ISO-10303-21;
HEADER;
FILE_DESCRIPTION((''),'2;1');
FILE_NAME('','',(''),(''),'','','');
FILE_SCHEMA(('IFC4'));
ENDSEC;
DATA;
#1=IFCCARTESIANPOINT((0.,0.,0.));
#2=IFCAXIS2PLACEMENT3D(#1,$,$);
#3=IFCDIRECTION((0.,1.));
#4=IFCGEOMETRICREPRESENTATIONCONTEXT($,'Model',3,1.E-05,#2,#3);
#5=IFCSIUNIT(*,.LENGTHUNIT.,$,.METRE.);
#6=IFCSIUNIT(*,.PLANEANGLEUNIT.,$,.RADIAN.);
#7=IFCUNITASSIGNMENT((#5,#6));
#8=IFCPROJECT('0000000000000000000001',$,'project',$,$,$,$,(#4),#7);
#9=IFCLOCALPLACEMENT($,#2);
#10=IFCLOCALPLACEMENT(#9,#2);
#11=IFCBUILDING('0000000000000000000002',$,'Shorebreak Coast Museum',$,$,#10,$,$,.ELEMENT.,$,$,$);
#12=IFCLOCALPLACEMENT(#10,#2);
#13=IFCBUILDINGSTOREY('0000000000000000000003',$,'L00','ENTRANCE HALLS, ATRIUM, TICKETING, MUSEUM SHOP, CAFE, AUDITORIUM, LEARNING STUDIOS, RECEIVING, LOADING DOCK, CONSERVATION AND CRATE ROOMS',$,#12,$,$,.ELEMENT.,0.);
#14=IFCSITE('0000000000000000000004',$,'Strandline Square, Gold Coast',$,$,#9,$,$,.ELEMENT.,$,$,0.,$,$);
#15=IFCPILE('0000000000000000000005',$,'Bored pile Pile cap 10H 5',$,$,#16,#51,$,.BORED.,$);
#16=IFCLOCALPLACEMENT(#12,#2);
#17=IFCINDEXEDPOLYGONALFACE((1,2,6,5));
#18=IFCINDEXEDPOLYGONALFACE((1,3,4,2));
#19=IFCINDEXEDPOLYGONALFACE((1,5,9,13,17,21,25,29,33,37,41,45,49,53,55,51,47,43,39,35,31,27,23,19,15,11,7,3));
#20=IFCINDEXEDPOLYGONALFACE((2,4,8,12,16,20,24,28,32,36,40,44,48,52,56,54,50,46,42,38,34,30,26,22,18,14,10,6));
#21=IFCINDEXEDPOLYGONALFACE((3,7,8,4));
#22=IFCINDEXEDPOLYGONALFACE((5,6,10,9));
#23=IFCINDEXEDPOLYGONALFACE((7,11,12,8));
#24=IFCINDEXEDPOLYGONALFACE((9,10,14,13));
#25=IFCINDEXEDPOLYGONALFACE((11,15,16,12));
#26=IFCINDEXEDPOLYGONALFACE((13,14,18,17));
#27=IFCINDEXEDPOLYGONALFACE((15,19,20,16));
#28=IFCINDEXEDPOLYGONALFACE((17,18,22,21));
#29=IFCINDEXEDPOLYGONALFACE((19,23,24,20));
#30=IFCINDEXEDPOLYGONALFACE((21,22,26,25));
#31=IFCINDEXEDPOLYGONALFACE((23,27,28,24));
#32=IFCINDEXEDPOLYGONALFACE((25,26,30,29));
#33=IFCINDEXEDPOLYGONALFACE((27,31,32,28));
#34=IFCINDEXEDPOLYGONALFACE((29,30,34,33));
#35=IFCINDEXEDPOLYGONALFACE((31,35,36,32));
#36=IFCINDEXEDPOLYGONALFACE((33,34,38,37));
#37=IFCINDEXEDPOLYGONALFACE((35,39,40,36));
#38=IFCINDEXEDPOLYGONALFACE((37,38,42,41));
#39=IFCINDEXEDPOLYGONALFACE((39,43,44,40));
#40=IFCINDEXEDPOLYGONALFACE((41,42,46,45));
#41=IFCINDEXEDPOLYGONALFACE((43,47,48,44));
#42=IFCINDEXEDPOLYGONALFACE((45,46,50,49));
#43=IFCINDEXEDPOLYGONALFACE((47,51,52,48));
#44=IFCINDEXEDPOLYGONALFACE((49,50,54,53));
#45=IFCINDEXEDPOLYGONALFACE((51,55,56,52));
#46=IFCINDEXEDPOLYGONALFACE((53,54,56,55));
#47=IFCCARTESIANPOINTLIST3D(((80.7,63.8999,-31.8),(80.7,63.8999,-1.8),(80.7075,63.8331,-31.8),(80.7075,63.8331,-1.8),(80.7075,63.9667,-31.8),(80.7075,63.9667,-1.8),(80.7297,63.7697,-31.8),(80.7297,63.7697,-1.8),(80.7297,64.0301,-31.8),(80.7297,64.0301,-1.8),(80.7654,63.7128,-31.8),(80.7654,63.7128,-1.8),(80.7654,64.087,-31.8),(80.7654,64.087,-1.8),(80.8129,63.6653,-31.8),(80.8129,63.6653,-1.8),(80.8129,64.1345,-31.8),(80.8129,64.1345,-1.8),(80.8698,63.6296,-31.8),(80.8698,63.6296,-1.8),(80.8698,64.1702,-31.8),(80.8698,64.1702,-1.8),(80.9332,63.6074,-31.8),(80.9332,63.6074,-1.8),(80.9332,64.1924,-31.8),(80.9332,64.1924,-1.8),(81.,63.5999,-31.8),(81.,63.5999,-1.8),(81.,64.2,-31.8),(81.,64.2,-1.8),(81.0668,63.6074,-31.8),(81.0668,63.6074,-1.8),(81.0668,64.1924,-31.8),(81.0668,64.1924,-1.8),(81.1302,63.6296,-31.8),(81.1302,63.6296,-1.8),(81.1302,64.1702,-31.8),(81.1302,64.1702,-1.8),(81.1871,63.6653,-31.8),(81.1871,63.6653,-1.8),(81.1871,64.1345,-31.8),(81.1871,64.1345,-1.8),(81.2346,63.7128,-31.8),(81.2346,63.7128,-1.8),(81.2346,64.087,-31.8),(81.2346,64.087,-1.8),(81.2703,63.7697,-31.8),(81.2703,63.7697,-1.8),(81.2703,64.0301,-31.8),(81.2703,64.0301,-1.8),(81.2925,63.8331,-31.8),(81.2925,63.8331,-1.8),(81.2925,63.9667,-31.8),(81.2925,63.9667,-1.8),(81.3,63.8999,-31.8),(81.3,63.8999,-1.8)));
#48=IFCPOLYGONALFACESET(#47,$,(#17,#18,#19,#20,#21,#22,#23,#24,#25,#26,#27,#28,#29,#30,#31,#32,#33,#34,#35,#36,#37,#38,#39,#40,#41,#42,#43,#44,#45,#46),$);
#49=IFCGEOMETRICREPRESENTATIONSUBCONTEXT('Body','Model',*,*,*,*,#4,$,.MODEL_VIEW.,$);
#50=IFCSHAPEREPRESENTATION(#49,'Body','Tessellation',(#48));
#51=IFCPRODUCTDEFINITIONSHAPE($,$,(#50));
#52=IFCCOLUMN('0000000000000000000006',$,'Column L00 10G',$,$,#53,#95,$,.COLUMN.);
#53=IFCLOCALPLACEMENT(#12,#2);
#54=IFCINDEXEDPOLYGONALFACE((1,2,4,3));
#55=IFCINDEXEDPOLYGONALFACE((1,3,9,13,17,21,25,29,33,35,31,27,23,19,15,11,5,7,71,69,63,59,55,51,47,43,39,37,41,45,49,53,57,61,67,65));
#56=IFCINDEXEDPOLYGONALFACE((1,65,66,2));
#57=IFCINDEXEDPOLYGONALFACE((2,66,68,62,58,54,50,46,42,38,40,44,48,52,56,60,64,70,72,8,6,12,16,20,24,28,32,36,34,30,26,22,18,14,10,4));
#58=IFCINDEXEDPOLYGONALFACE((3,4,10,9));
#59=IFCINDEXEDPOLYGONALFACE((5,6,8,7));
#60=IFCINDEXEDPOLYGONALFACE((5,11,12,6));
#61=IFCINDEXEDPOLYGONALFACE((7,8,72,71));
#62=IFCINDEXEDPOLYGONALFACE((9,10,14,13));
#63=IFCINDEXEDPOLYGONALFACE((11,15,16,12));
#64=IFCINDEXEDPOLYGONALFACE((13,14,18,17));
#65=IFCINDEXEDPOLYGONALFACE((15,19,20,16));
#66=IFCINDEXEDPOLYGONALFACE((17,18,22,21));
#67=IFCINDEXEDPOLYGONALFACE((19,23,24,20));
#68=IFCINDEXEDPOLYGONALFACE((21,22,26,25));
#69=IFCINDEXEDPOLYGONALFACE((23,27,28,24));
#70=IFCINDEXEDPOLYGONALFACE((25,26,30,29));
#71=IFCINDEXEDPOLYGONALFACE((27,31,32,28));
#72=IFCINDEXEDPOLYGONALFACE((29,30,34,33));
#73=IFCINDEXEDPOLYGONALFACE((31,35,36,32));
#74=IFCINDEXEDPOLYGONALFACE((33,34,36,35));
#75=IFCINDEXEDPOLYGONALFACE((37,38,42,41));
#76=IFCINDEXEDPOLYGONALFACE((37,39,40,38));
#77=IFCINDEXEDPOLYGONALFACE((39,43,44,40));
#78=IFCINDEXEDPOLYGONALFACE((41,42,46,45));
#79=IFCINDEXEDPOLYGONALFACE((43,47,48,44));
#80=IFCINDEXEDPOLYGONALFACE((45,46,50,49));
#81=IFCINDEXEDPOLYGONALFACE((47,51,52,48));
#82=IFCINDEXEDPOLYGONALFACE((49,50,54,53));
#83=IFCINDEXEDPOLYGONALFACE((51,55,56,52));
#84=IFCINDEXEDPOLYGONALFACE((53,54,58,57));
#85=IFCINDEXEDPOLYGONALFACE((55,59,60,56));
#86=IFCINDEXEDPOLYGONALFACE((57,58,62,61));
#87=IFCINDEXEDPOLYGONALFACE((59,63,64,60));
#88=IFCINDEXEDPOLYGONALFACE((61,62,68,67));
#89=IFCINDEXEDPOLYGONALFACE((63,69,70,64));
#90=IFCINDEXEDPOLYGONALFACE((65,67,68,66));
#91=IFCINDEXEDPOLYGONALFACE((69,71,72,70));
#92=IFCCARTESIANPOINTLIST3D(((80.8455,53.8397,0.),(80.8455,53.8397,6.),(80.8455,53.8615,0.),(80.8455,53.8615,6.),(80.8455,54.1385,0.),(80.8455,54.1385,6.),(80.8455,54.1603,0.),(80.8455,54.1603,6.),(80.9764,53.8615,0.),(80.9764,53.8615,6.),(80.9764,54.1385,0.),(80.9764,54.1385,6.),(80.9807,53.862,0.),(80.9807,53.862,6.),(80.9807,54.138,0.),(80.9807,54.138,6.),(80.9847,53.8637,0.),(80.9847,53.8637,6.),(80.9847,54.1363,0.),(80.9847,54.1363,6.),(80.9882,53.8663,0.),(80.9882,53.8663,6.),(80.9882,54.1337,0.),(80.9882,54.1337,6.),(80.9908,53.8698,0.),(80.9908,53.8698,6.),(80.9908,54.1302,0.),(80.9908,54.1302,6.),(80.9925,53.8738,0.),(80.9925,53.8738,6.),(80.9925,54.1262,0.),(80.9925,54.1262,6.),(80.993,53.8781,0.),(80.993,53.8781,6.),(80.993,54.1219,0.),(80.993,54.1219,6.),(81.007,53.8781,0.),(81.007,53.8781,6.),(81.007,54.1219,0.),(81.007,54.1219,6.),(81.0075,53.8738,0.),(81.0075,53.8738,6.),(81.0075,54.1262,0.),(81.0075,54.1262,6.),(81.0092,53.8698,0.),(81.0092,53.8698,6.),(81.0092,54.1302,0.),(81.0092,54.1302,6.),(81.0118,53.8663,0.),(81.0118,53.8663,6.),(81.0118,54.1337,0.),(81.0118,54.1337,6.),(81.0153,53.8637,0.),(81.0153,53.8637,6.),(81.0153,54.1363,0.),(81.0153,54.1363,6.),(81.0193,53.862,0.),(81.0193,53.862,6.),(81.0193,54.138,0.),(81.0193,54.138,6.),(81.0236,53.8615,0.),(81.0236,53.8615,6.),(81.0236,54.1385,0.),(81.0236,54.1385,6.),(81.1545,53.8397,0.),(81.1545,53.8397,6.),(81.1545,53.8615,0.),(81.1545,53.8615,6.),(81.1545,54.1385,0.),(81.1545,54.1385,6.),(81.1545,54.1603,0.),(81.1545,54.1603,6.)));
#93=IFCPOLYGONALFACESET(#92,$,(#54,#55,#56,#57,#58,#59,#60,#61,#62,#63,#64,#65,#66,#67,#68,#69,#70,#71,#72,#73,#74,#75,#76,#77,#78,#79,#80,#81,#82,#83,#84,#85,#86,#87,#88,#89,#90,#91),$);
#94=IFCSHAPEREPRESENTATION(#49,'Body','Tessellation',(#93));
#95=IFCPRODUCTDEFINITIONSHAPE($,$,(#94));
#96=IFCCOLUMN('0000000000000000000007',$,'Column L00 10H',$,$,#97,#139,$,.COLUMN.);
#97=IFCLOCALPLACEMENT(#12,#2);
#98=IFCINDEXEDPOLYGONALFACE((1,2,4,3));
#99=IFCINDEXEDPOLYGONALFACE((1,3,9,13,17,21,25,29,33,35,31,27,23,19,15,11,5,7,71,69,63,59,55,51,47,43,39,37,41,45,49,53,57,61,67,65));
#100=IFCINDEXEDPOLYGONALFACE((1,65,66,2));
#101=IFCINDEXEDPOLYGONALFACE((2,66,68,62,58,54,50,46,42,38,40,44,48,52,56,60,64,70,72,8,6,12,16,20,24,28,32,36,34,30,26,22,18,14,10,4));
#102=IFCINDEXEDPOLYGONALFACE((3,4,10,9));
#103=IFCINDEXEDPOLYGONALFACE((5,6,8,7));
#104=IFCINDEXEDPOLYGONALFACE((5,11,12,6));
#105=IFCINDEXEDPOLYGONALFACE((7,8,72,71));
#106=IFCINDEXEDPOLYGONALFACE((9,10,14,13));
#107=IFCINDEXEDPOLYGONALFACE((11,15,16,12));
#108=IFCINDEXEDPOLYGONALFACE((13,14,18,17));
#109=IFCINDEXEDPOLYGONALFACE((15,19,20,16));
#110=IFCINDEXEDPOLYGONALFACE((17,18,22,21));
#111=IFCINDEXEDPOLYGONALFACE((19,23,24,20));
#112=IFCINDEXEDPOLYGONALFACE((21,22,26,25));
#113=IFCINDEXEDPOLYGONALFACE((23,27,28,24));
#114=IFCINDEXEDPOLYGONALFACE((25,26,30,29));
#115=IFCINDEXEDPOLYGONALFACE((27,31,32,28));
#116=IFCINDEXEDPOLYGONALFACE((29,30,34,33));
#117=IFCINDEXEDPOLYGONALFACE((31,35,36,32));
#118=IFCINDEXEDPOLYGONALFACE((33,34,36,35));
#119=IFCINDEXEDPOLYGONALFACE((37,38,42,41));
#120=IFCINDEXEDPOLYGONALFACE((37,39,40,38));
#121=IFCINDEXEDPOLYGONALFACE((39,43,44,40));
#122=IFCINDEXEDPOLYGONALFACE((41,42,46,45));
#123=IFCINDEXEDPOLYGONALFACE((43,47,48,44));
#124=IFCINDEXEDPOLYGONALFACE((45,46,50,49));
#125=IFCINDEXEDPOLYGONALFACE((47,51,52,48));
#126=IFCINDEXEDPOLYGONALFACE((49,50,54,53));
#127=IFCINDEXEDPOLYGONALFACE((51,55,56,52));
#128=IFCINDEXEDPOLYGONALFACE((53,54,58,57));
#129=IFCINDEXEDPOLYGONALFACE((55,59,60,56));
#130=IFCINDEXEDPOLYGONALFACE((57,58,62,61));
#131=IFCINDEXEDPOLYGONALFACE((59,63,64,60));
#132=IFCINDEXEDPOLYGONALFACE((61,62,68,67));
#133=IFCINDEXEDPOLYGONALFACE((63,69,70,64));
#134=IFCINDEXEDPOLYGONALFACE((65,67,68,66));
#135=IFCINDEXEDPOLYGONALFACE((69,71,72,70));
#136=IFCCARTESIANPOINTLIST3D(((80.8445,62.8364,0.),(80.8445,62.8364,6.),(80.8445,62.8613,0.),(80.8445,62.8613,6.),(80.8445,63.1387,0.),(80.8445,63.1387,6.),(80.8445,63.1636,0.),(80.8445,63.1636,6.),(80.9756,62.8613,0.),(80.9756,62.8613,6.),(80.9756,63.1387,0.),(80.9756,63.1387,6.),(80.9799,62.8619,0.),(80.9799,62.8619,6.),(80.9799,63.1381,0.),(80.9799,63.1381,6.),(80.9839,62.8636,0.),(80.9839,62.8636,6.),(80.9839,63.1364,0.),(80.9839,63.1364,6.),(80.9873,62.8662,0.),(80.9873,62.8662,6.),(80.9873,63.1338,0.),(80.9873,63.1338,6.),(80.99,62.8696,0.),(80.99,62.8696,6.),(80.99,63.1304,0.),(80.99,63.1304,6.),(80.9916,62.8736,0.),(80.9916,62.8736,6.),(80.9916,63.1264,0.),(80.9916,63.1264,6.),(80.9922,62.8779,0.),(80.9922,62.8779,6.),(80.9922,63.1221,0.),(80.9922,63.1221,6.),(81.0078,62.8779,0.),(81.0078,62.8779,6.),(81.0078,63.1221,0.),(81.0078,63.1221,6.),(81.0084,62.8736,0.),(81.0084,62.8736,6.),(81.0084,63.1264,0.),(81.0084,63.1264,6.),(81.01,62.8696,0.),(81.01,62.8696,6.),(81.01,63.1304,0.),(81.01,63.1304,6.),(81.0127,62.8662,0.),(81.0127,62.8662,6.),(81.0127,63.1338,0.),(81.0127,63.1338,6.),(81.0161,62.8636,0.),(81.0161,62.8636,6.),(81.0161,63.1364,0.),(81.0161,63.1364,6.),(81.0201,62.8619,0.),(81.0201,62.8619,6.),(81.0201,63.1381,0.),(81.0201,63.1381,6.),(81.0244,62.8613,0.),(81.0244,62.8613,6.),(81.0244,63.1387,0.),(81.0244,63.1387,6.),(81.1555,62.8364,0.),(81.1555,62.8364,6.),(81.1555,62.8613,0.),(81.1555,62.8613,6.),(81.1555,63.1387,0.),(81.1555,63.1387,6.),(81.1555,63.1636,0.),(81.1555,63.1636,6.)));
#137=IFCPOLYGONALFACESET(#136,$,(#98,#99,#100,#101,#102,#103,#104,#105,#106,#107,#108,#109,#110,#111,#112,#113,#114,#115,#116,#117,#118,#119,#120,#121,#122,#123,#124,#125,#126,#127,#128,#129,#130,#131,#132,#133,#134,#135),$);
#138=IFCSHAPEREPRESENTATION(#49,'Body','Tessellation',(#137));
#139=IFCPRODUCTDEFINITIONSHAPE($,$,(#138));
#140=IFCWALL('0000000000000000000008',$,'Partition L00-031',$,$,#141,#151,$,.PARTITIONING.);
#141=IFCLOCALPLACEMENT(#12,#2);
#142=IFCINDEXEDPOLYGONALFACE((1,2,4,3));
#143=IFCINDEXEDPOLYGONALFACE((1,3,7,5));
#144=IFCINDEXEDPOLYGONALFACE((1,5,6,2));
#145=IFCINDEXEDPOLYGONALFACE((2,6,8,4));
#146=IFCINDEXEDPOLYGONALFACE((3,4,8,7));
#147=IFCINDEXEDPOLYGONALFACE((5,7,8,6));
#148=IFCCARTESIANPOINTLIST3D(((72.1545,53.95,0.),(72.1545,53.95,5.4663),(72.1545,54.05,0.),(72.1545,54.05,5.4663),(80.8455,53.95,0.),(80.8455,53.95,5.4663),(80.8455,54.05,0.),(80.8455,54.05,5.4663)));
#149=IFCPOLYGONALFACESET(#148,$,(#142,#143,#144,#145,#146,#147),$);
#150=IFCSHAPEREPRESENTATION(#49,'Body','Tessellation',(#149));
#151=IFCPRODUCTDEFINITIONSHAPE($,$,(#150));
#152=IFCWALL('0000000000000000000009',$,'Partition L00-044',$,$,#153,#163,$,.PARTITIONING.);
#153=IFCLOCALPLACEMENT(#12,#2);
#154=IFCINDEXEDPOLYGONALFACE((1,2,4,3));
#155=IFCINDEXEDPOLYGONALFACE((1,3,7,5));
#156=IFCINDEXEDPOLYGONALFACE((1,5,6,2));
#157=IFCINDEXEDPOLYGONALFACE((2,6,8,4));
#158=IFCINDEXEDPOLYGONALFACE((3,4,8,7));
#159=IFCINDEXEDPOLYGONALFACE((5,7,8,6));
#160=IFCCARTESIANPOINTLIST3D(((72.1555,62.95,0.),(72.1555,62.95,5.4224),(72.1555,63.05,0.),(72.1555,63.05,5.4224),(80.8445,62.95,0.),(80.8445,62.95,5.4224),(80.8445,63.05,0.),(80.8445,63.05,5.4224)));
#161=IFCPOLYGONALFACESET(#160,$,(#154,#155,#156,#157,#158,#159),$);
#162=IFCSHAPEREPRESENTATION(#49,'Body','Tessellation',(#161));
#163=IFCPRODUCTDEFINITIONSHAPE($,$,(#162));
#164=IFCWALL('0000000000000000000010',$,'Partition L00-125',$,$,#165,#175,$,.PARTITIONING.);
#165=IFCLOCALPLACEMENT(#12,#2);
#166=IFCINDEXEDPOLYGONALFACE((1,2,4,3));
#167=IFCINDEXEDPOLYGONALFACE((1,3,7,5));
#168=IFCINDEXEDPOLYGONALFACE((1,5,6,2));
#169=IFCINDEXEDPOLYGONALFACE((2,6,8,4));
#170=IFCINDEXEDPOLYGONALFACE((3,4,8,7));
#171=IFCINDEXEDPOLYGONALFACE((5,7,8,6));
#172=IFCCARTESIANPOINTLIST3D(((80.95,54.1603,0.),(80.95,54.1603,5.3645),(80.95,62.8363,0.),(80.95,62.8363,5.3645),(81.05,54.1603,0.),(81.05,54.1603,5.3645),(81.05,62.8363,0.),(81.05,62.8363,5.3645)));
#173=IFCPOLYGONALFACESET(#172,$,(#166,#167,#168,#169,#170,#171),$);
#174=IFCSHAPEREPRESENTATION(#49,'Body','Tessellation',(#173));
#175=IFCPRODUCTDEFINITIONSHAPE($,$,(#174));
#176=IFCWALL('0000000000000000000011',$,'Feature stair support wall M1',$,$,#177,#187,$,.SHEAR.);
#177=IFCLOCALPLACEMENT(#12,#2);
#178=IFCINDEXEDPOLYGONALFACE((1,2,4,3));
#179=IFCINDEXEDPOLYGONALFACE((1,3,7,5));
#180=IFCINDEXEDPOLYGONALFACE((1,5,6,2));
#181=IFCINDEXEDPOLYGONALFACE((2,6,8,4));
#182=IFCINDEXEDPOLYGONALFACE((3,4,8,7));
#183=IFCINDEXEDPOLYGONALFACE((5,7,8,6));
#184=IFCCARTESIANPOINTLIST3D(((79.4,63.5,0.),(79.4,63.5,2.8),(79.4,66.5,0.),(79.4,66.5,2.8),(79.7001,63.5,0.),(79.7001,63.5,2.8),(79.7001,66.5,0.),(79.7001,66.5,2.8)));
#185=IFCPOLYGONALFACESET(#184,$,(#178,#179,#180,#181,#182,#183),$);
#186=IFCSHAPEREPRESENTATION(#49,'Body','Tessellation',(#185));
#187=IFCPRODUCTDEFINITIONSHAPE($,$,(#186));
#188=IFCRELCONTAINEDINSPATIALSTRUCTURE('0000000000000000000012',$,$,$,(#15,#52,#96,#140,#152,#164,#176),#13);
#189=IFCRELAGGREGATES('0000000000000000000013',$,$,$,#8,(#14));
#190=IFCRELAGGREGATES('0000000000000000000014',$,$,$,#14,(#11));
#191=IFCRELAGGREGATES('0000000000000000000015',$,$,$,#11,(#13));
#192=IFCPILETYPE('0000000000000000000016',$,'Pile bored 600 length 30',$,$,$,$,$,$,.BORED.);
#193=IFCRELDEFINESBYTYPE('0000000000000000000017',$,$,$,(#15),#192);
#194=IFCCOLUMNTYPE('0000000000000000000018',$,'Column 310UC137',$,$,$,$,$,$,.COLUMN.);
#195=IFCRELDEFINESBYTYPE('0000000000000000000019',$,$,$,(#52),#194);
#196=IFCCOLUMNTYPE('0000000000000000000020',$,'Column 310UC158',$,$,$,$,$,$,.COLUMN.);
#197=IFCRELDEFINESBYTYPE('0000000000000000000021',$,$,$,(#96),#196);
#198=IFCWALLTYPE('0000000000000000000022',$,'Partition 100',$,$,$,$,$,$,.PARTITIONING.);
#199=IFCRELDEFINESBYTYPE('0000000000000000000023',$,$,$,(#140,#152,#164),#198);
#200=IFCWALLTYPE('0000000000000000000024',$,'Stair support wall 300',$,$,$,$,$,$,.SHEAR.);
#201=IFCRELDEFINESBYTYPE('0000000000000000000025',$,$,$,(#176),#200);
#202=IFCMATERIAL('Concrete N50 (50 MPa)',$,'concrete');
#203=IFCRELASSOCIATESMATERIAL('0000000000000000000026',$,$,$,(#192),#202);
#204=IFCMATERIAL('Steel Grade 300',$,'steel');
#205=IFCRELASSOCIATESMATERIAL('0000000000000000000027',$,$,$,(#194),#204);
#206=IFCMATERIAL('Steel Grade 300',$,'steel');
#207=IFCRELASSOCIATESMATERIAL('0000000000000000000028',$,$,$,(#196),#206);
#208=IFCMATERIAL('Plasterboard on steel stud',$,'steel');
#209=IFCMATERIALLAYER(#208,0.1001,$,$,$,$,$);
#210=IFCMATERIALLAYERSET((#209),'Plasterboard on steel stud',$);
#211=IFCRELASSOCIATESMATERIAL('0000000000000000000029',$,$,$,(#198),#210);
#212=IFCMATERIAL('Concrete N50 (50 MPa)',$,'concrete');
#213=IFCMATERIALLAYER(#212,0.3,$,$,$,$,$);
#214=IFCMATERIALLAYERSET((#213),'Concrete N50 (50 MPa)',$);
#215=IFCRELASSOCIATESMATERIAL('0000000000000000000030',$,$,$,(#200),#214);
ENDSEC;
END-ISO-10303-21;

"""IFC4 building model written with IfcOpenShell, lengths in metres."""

from ifc_helpers import new_model, si_unit, direction, frame, frame_2d, origin, origin_2d, place, context, subcontext, project, spatial, rectangle, circle, i_section, extrude, material, layer, layer_set, material_profile, profile_set, type_object, element, save


model = new_model("IFC4")

# Units and contexts
model_context = context("Model", 3, precision=1e-05, world=origin(), true_north=direction((0.0, 1.0)))
body_context = subcontext(model_context, "Body", "Model", "MODEL_VIEW")
ifc_project = project(units=[si_unit("LENGTHUNIT", "METRE"), si_unit("PLANEANGLEUNIT", "RADIAN")], contexts=[model_context])

# Site, building, storey
site_placement = place(None, origin())
site = spatial("IfcSite", under=ifc_project, at=site_placement, Name="Strandline Square, Gold Coast", CompositionType="ELEMENT", RefElevation=0.0)
building_placement = place(site_placement, origin())
building = spatial("IfcBuilding", under=site, at=building_placement, Name="Shorebreak Coast Museum", CompositionType="ELEMENT")
storey_placement = place(building_placement, origin())
storey = spatial("IfcBuildingStorey", under=building, at=storey_placement, Name="L00", Description="ENTRANCE HALLS, ATRIUM, TICKETING, MUSEUM SHOP, CAFE, AUDITORIUM, LEARNING STUDIOS, RECEIVING, LOADING DOCK, CONSERVATION AND CRATE ROOMS", CompositionType="ELEMENT", Elevation=0.0)

# Pile
ifc_material_1 = material(Name="Concrete N50 (50 MPa)", Category="concrete")
ifc_material_profile_1 = material_profile(ifc_material_1, circle(Radius=0.3, at=origin_2d()), Name="Pile bored 600 length 30")
ifc_profile_set_1 = profile_set([ifc_material_profile_1], Name="Concrete N50 (50 MPa)")
pile_type_1 = type_object("IfcPileType", Name="Pile bored 600 length 30", PredefinedType="BORED", material=ifc_profile_set_1)
for number, where, z_axis, x_axis, name in (
    (1, (81.0, 63.8999, -1.8), (0.0, 0.0, -1.0), (1.0, 0.0, 0.0), "Bored pile Pile cap 10H 5"),
):
    element("IfcPile", number, at=place(storey_placement, frame(where, z_axis=z_axis, x_axis=x_axis)), inside=storey, type_object=pile_type_1, Name=name, PredefinedType="BORED", context=body_context, shape_type="SweptSolid", body=[
        extrude(circle(Radius=0.3, at=origin_2d()), origin(), (0.0, 0.0, 1.0), 30.0),
    ])

# Columns
ifc_material_2 = material(Name="Steel Grade 300", Category="steel")
ifc_material_profile_2 = material_profile(ifc_material_2, i_section(OverallWidth=0.3091, OverallDepth=0.3206, WebThickness=0.0139, FlangeThickness=0.0217, FilletRadius=0.0166, at=origin_2d()), Name="310UC137")
ifc_profile_set_2 = profile_set([ifc_material_profile_2], Name="Steel Grade 300")
column_type_1 = type_object("IfcColumnType", Name="Column 310UC137", PredefinedType="COLUMN", material=ifc_profile_set_2)
column_1_placement = place(storey_placement, frame((81.0, 54.0, 0.0), z_axis=(0.0, 0.0, 1.0), x_axis=(1.0, 0.0, 0.0)))
element("IfcColumn", 2, at=column_1_placement, inside=storey, type_object=column_type_1, Name="Column L00 10G", PredefinedType="COLUMN", context=body_context, shape_type="SweptSolid", body=[
    extrude(i_section(OverallWidth=0.3091, OverallDepth=0.3206, WebThickness=0.0139, FlangeThickness=0.0217, FilletRadius=0.0166, at=origin_2d()), origin(), (0.0, 0.0, 1.0), 6.0),
])
ifc_material_3 = material(Name="Steel Grade 300", Category="steel")
ifc_material_profile_3 = material_profile(ifc_material_3, i_section(OverallWidth=0.311, OverallDepth=0.3271, WebThickness=0.0156, FlangeThickness=0.0249, FilletRadius=0.0166, at=origin_2d()), Name="310UC158")
ifc_profile_set_3 = profile_set([ifc_material_profile_3], Name="Steel Grade 300")
column_type_2 = type_object("IfcColumnType", Name="Column 310UC158", PredefinedType="COLUMN", material=ifc_profile_set_3)
column_2_placement = place(storey_placement, frame((81.0, 63.0, 0.0), z_axis=(0.0, 0.0, 1.0), x_axis=(1.0, 0.0, 0.0)))
element("IfcColumn", 3, at=column_2_placement, inside=storey, type_object=column_type_2, Name="Column L00 10H", PredefinedType="COLUMN", context=body_context, shape_type="SweptSolid", body=[
    extrude(i_section(OverallWidth=0.311, OverallDepth=0.3271, WebThickness=0.0156, FlangeThickness=0.0249, FilletRadius=0.0166, at=origin_2d()), origin(), (0.0, 0.0, 1.0), 6.0),
])

# Walls
ifc_material_4 = material(Name="Plasterboard on steel stud", Category="steel")
ifc_layer_1 = layer(ifc_material_4, 0.1001)
ifc_layer_set_1 = layer_set([ifc_layer_1], Name="Plasterboard on steel stud")
wall_type_1 = type_object("IfcWallType", Name="Partition 100", PredefinedType="PARTITIONING", material=ifc_layer_set_1)
wall_1_placement = place(storey_placement, frame((72.1545, 54.0, 0.0), z_axis=(0.0, 0.0, 1.0), x_axis=(1.0, 0.0, 0.0)))
element("IfcWall", 4, at=wall_1_placement, inside=storey, type_object=wall_type_1, Name="Partition L00-031", PredefinedType="PARTITIONING", context=body_context, shape_type="SweptSolid", body=[
    extrude(rectangle(XDim=8.6909, YDim=0.1001, at=frame_2d((4.3455, 0.0))), origin(), (0.0, 0.0, 1.0), 5.4663),
])
wall_2_placement = place(storey_placement, frame((72.1555, 63.0, 0.0), z_axis=(0.0, 0.0, 1.0), x_axis=(1.0, 0.0, 0.0)))
element("IfcWall", 5, at=wall_2_placement, inside=storey, type_object=wall_type_1, Name="Partition L00-044", PredefinedType="PARTITIONING", context=body_context, shape_type="SweptSolid", body=[
    extrude(rectangle(XDim=8.689, YDim=0.1001, at=frame_2d((4.3445, 0.0))), origin(), (0.0, 0.0, 1.0), 5.4224),
])
wall_3_placement = place(storey_placement, frame((81.0, 54.1604, 0.0), z_axis=(0.0, 0.0, 1.0), x_axis=(0.0, 1.0, 0.0)))
element("IfcWall", 6, at=wall_3_placement, inside=storey, type_object=wall_type_1, Name="Partition L00-125", PredefinedType="PARTITIONING", context=body_context, shape_type="SweptSolid", body=[
    extrude(rectangle(XDim=8.676, YDim=0.1001, at=frame_2d((4.3379, 0.0))), origin(), (0.0, 0.0, 1.0), 5.3645),
])
ifc_material_5 = material(Name="Concrete N50 (50 MPa)", Category="concrete")
ifc_layer_2 = layer(ifc_material_5, 0.3)
ifc_layer_set_2 = layer_set([ifc_layer_2], Name="Concrete N50 (50 MPa)")
wall_type_2 = type_object("IfcWallType", Name="Stair support wall 300", PredefinedType="SHEAR", material=ifc_layer_set_2)
wall_4_placement = place(storey_placement, frame((79.55, 63.5, 0.0), z_axis=(0.0, 0.0, 1.0), x_axis=(0.0, 1.0, 0.0)))
element("IfcWall", 7, at=wall_4_placement, inside=storey, type_object=wall_type_2, Name="Feature stair support wall M1", PredefinedType="SHEAR", context=body_context, shape_type="SweptSolid", body=[
    extrude(rectangle(XDim=3.0, YDim=0.3, at=frame_2d((1.5, 0.0))), origin(), (0.0, 0.0, 1.0), 2.8),
])

save(model, "model.ifc")
